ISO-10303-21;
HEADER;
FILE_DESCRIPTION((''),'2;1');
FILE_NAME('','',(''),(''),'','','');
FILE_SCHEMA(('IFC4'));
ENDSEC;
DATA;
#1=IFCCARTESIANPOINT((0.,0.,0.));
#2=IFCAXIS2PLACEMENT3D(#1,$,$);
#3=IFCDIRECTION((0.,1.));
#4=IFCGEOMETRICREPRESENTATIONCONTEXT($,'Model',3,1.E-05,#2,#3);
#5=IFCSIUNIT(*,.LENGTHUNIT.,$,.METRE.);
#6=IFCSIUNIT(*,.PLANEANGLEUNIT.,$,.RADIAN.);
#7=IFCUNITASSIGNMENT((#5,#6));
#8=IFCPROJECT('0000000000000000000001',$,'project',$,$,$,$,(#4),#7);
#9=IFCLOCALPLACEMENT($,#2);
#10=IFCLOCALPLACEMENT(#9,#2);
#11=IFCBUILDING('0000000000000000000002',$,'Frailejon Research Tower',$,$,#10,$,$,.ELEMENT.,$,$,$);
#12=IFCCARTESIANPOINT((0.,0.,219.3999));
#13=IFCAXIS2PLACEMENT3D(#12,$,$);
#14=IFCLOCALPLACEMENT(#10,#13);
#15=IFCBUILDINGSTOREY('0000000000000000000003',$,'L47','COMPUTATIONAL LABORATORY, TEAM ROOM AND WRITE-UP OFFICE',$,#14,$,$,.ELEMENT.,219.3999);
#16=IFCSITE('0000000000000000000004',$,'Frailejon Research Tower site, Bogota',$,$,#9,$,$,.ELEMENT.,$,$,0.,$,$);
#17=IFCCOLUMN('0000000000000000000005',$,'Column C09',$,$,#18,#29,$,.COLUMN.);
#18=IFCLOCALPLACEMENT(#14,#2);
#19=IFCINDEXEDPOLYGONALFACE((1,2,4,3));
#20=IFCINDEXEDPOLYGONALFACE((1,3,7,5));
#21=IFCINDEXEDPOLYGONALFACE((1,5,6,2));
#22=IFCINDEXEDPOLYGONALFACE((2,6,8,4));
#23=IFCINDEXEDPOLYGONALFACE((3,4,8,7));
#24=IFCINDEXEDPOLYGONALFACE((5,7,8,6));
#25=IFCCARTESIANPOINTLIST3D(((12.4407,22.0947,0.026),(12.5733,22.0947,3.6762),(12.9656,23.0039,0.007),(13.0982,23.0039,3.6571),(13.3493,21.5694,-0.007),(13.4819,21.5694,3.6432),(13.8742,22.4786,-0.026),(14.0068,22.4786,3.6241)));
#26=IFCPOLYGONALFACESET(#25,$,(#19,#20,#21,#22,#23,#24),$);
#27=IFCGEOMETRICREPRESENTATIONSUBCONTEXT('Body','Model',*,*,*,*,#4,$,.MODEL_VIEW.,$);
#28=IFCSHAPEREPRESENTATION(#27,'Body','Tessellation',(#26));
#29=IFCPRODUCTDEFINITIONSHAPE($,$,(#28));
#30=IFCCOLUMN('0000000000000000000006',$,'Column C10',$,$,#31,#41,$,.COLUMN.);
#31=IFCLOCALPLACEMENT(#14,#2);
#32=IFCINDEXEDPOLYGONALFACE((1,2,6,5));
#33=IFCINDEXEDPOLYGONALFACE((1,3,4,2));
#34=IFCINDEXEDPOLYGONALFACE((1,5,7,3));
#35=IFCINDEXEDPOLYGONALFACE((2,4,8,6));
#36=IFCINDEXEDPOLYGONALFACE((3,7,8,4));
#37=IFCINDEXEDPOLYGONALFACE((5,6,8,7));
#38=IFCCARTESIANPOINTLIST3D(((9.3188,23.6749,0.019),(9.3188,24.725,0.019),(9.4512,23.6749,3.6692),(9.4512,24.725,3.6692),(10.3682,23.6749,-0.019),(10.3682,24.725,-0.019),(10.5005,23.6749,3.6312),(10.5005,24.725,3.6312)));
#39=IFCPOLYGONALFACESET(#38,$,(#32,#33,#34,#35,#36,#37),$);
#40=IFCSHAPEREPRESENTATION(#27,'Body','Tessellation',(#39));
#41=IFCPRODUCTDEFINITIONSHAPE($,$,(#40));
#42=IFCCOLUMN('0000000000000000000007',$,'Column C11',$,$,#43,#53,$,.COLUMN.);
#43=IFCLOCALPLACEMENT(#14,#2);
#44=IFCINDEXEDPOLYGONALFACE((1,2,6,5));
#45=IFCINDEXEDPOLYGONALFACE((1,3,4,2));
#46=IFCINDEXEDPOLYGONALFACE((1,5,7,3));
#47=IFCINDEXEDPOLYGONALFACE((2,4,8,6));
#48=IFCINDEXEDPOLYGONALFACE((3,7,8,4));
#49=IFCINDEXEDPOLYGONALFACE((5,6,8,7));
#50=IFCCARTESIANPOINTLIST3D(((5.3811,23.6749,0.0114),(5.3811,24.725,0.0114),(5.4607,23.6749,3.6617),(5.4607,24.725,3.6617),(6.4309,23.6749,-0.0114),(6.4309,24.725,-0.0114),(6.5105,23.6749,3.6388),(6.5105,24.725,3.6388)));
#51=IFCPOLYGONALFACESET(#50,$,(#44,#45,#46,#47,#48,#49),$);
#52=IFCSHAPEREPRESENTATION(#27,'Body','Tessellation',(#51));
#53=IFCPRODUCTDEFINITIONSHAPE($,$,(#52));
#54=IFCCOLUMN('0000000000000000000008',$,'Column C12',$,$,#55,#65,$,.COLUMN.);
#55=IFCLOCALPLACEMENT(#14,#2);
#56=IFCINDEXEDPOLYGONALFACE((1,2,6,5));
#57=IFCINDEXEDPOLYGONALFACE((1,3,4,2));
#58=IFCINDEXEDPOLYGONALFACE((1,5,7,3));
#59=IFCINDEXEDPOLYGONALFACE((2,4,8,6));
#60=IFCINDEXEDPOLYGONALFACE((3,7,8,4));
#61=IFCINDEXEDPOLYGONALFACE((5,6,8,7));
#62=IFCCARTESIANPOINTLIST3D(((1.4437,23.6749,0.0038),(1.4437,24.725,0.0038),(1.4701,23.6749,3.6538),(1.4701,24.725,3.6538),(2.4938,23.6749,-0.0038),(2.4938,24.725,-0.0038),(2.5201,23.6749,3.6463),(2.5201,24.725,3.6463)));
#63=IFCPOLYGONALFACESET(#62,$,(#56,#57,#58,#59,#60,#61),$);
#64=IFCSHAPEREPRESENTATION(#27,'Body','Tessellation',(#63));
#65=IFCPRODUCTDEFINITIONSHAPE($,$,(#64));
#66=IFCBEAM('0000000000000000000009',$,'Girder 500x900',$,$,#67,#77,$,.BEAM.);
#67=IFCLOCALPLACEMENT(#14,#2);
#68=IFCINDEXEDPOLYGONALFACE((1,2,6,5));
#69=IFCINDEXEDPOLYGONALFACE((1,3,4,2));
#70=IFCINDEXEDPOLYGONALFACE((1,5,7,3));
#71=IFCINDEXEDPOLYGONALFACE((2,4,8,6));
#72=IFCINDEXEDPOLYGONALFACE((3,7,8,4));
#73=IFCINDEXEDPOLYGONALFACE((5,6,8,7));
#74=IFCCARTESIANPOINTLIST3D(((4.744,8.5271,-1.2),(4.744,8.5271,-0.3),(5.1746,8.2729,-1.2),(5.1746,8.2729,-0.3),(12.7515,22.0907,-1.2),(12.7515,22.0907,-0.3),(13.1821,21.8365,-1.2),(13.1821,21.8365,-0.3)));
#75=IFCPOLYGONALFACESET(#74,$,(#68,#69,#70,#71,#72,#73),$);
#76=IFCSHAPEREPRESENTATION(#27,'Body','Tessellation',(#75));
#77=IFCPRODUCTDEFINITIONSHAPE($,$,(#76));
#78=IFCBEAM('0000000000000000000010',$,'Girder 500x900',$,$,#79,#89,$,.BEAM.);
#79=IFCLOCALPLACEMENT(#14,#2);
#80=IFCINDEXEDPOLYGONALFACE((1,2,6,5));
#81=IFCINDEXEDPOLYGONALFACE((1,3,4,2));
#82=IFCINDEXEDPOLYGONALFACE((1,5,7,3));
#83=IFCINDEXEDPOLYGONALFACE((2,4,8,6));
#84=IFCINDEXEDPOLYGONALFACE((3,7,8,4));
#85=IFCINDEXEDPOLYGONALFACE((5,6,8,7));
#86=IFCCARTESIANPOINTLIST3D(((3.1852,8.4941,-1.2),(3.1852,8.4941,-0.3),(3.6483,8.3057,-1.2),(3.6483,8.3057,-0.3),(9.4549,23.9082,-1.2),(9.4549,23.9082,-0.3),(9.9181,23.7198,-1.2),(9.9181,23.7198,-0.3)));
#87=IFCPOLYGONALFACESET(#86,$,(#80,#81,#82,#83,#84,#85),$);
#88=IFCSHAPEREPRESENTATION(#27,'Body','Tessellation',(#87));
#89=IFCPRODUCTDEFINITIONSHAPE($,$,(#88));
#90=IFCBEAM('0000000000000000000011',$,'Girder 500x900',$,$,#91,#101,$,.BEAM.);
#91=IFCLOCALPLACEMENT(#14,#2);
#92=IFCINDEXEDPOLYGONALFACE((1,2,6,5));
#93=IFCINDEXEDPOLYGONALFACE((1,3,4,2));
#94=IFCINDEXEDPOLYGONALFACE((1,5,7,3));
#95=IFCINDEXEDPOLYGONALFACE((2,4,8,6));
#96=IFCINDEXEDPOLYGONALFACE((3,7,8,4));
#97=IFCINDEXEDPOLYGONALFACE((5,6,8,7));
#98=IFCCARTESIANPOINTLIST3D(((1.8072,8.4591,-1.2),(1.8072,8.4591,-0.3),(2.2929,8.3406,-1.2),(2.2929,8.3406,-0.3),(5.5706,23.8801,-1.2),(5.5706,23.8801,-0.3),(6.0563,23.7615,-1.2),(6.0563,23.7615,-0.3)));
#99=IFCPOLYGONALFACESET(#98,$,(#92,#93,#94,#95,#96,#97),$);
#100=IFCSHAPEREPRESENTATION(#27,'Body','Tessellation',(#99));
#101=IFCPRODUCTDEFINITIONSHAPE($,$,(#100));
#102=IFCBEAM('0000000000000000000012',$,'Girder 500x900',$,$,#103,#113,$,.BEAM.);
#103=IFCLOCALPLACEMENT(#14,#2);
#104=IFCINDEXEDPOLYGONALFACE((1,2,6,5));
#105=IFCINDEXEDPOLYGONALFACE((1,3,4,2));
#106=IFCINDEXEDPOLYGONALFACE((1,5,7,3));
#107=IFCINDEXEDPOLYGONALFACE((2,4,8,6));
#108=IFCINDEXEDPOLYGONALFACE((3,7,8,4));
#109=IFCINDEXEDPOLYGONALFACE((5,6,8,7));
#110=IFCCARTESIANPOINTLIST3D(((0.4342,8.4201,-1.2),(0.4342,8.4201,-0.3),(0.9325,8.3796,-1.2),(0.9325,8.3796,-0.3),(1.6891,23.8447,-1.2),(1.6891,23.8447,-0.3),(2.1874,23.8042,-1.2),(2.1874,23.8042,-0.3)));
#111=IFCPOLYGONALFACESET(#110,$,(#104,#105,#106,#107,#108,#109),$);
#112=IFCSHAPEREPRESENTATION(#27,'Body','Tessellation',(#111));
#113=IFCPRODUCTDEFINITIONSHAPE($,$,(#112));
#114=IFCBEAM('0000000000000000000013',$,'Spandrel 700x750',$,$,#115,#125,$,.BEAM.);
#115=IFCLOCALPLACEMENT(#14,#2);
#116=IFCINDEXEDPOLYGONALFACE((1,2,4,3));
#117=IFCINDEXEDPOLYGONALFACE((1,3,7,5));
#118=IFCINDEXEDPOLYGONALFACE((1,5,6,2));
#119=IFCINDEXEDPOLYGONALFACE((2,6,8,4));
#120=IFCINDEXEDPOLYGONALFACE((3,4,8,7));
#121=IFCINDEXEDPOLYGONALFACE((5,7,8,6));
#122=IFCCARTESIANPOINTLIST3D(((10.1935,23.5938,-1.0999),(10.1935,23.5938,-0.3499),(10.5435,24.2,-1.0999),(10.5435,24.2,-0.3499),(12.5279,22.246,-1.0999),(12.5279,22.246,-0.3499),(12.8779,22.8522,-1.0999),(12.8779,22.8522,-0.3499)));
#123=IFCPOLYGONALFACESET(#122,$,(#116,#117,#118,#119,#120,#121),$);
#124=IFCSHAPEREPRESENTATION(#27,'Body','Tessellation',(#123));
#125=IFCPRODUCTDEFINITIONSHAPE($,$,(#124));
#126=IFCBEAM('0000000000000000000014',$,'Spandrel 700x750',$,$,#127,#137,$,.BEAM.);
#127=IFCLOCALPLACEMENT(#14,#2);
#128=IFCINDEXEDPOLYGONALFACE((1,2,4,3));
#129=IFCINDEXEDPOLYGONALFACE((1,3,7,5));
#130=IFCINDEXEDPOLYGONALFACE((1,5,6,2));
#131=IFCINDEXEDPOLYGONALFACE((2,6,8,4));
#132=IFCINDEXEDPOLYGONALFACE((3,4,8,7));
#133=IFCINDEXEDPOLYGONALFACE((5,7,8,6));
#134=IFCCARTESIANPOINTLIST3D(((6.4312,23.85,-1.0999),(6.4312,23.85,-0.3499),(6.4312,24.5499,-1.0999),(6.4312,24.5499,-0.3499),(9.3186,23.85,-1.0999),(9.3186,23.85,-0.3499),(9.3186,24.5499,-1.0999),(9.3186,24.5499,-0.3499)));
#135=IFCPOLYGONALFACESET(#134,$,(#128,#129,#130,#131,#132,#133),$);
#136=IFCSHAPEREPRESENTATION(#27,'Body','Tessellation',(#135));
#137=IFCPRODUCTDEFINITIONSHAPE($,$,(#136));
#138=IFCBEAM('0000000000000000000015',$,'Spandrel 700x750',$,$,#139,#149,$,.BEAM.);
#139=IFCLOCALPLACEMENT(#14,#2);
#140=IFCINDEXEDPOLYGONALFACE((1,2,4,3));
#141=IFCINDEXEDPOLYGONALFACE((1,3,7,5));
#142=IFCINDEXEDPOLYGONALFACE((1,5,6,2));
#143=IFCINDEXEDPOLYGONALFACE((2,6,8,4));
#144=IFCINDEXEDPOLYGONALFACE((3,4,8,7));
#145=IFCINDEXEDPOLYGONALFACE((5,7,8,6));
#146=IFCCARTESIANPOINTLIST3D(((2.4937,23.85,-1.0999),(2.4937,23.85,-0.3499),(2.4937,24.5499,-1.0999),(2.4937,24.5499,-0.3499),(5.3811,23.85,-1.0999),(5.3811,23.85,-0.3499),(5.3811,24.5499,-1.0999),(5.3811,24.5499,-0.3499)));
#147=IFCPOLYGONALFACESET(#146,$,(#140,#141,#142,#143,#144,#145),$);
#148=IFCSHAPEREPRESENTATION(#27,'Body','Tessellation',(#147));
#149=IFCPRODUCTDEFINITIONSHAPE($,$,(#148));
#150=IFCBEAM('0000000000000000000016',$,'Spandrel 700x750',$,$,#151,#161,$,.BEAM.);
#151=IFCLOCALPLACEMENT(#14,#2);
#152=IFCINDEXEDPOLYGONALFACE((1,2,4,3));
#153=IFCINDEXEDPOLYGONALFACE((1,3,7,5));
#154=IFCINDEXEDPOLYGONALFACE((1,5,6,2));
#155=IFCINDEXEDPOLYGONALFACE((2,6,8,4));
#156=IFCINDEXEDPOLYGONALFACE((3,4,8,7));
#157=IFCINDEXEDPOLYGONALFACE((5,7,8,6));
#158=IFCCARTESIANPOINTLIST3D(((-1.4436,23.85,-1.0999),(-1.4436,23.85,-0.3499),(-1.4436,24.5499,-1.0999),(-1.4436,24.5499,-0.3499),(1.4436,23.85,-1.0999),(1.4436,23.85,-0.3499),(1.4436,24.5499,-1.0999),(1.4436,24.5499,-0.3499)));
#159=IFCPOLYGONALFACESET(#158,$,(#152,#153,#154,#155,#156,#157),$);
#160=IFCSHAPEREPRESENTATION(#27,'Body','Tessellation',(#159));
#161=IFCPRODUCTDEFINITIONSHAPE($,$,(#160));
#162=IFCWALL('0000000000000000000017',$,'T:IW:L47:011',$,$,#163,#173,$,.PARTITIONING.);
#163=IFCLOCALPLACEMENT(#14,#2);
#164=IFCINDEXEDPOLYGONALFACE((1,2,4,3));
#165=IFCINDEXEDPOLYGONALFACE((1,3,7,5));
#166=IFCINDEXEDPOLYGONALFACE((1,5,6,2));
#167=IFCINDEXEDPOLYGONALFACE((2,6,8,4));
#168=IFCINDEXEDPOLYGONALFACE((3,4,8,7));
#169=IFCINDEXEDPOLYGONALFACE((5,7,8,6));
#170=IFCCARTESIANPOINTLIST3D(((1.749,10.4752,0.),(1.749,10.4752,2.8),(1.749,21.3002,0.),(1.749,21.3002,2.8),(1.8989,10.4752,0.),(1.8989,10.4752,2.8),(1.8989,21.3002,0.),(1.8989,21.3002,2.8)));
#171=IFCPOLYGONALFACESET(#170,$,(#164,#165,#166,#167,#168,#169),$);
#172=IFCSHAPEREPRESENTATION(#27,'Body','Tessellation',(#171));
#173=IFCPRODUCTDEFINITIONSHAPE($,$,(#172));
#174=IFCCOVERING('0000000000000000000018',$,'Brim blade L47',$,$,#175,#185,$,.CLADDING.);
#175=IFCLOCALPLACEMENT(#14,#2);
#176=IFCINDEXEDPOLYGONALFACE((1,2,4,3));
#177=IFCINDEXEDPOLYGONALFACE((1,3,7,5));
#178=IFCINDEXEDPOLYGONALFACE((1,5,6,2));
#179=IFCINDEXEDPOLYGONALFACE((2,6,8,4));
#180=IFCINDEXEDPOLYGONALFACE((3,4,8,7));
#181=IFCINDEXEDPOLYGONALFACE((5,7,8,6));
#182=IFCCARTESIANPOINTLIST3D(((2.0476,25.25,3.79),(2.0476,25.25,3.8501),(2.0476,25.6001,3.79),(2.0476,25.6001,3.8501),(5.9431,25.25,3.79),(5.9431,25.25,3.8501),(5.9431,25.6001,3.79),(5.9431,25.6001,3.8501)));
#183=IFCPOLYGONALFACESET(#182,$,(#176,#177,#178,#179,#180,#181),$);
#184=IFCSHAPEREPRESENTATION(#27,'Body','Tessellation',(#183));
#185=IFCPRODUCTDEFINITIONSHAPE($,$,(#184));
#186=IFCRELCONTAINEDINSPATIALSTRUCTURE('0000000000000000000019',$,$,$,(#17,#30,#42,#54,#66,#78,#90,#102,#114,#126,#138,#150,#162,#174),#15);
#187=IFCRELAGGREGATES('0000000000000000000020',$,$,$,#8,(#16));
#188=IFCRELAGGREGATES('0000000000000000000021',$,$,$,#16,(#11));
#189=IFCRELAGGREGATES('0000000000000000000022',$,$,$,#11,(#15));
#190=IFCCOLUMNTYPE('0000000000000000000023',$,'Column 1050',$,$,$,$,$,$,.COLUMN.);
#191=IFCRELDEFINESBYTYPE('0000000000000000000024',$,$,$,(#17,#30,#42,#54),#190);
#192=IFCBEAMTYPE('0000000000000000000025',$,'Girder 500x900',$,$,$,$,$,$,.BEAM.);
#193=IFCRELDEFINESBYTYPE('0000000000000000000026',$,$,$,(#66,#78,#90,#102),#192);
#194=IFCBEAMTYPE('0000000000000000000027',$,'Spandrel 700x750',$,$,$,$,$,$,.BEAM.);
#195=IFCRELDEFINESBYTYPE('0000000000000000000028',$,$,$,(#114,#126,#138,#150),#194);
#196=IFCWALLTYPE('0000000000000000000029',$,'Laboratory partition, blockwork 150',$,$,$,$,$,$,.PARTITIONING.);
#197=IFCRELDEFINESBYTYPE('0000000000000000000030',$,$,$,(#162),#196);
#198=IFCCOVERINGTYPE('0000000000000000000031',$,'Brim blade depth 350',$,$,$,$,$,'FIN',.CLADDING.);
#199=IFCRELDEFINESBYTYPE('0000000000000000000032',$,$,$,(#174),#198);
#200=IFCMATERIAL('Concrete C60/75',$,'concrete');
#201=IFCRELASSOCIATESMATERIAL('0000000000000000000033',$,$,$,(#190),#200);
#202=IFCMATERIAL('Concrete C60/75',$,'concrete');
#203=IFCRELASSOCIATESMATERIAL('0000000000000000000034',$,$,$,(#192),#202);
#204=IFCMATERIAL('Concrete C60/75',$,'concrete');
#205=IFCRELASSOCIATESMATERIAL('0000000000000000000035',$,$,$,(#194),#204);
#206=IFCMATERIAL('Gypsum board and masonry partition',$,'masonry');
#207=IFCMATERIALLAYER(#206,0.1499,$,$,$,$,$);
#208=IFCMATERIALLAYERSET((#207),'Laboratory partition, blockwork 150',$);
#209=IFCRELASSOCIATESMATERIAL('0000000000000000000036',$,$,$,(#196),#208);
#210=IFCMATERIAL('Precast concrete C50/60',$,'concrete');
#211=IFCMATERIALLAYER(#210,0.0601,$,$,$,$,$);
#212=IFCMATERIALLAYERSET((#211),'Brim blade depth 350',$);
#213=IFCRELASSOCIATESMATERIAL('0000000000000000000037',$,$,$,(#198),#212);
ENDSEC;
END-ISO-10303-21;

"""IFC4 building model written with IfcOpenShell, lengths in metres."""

from ifc_helpers import new_model, si_unit, direction, frame, frame_2d, origin, origin_2d, place, context, subcontext, project, spatial, polyline, rectangle, outline, extrude, material, layer, layer_set, material_profile, profile_set, type_object, element, save


model = new_model("IFC4")

# Units and contexts
model_context = context("Model", 3, precision=1e-05, world=origin(), true_north=direction((0.0, 1.0)))
body_context = subcontext(model_context, "Body", "Model", "MODEL_VIEW")
ifc_project = project(units=[si_unit("LENGTHUNIT", "METRE"), si_unit("PLANEANGLEUNIT", "RADIAN")], contexts=[model_context])

# Site, building, storey
site_placement = place(None, origin())
site = spatial("IfcSite", under=ifc_project, at=site_placement, Name="Frailejon Research Tower site, Bogota", CompositionType="ELEMENT", RefElevation=0.0)
building_placement = place(site_placement, origin())
building = spatial("IfcBuilding", under=site, at=building_placement, Name="Frailejon Research Tower", CompositionType="ELEMENT")
storey_placement = place(building_placement, frame((0.0, 0.0, 219.3999)))
storey = spatial("IfcBuildingStorey", under=building, at=storey_placement, Name="L47", Description="COMPUTATIONAL LABORATORY, TEAM ROOM AND WRITE-UP OFFICE", CompositionType="ELEMENT", Elevation=219.3999)

# Columns
ifc_material_1 = material(Name="Concrete C60/75", Category="concrete")
ifc_material_profile_1 = material_profile(ifc_material_1, rectangle(XDim=1.05, YDim=1.05, at=origin_2d()), Name="Column 1050")
ifc_profile_set_1 = profile_set([ifc_material_profile_1], Name="Concrete C60/75")
column_type = type_object("IfcColumnType", Name="Column 1050", PredefinedType="COLUMN", material=ifc_profile_set_1)
for number, where, z_axis, x_axis, name in (
    (1, (13.1575, 22.2866, 0.0), (0.036295, 0.0, 0.999341), (-0.865313, 0.500246, 0.031427), "Column C09"),
    (2, (9.8435, 24.2, 0.0), (0.036228, 0.0, 0.999344), (-0.999344, 0.0, 0.036228), "Column C10"),
):
    element("IfcColumn", number, at=place(storey_placement, frame(where, z_axis=z_axis, x_axis=x_axis)), inside=storey, type_object=column_type, Name=name, PredefinedType="COLUMN", context=body_context, shape_type="SweptSolid", body=[
        extrude(rectangle(XDim=1.05, YDim=1.05, at=origin_2d()), origin(), (0.0, 0.0, 1.0), 3.6526),
    ])
column_1_placement = place(storey_placement, frame((5.906, 24.2, 0.0), z_axis=(0.021799, 0.0, 0.999762), x_axis=(-0.999762, 0.0, 0.021799)))
element("IfcColumn", 3, at=column_1_placement, inside=storey, type_object=column_type, Name="Column C11", PredefinedType="COLUMN", context=body_context, shape_type="SweptSolid", body=[
    extrude(rectangle(XDim=1.05, YDim=1.05, at=origin_2d()), origin(), (0.0, 0.0, 1.0), 3.6511),
])
column_2_placement = place(storey_placement, frame((1.9688, 24.2, 0.0), z_axis=(0.007223, 0.0, 0.999974), x_axis=(-0.999974, 0.0, 0.007223)))
element("IfcColumn", 4, at=column_2_placement, inside=storey, type_object=column_type, Name="Column C12", PredefinedType="COLUMN", context=body_context, shape_type="SweptSolid", body=[
    extrude(rectangle(XDim=1.05, YDim=1.05, at=origin_2d()), origin(), (0.0, 0.0, 1.0), 3.6501),
])

# Beams
ifc_material_2 = material(Name="Concrete C60/75", Category="concrete")
ifc_material_profile_2 = material_profile(ifc_material_2, rectangle(XDim=0.5, YDim=0.8999, at=origin_2d()), Name="Girder 500x900")
ifc_profile_set_2 = profile_set([ifc_material_profile_2], Name="Concrete C60/75")
beam_type_1 = type_object("IfcBeamType", Name="Girder 500x900", PredefinedType="BEAM", material=ifc_profile_set_2)
beam_1_placement = place(storey_placement, frame((12.9668, 21.9636, -0.75), z_axis=(-0.508383, -0.861131, 0.0), x_axis=(0.861131, -0.508383, 0.0)))
element("IfcBeam", 5, at=beam_1_placement, inside=storey, type_object=beam_type_1, Name="Girder 500x900", PredefinedType="BEAM", context=body_context, shape_type="SweptSolid", body=[
    extrude(rectangle(XDim=0.5, YDim=0.8999, at=origin_2d()), origin(), (0.0, 0.0, 1.0), 15.751),
])
beam_2_placement = place(storey_placement, frame((9.6865, 23.814, -0.75), z_axis=(-0.37678, -0.926303, 0.0), x_axis=(0.926303, -0.37678, 0.0)))
element("IfcBeam", 6, at=beam_2_placement, inside=storey, type_object=beam_type_1, Name="Girder 500x900", PredefinedType="BEAM", context=body_context, shape_type="SweptSolid", body=[
    extrude(rectangle(XDim=0.5, YDim=0.8999, at=origin_2d()), origin(), (0.0, 0.0, 1.0), 16.6404),
])
beam_3_placement = place(storey_placement, frame((5.8135, 23.8208, -0.75), z_axis=(-0.237089, -0.971488, 0.0), x_axis=(0.971488, -0.237089, 0.0)))
element("IfcBeam", 7, at=beam_3_placement, inside=storey, type_object=beam_type_1, Name="Girder 500x900", PredefinedType="BEAM", context=body_context, shape_type="SweptSolid", body=[
    extrude(rectangle(XDim=0.5, YDim=0.8999, at=origin_2d()), origin(), (0.0, 0.0, 1.0), 15.8735),
])
beam_4_placement = place(storey_placement, frame((1.9382, 23.8245, -0.75), z_axis=(-0.081088, -0.996707, 0.0), x_axis=(0.996707, -0.081088, 0.0)))
element("IfcBeam", 8, at=beam_4_placement, inside=storey, type_object=beam_type_1, Name="Girder 500x900", PredefinedType="BEAM", context=body_context, shape_type="SweptSolid", body=[
    extrude(rectangle(XDim=0.5, YDim=0.8999, at=origin_2d()), origin(), (0.0, 0.0, 1.0), 15.4756),
])
ifc_material_3 = material(Name="Concrete C60/75", Category="concrete")
ifc_material_profile_3 = material_profile(ifc_material_3, rectangle(XDim=0.7, YDim=0.75, at=origin_2d()), Name="Spandrel 700x750")
ifc_profile_set_3 = profile_set([ifc_material_profile_3], Name="Concrete C60/75")
beam_type_2 = type_object("IfcBeamType", Name="Spandrel 700x750", PredefinedType="BEAM", material=ifc_profile_set_3)
beam_5_placement = place(storey_placement, frame((12.7029, 22.5491, -0.7249), z_axis=(-0.866011, 0.500026, 0.0), x_axis=(-0.500026, -0.866011, 0.0)))
element("IfcBeam", 9, at=beam_5_placement, inside=storey, type_object=beam_type_2, Name="Spandrel 700x750", PredefinedType="BEAM", context=body_context, shape_type="SweptSolid", body=[
    extrude(rectangle(XDim=0.7, YDim=0.75, at=origin_2d()), origin(), (0.0, 0.0, 1.0), 2.6956),
])
for number, where, z_axis, x_axis, name in (
    (10, (9.3186, 24.2, -0.7249), (-1.0, 0.0, 0.0), (0.0, -1.0, 0.0), "Spandrel 700x750"),
    (11, (5.3811, 24.2, -0.7249), (-1.0, 0.0, 0.0), (0.0, -1.0, 0.0), "Spandrel 700x750"),
):
    element("IfcBeam", number, at=place(storey_placement, frame(where, z_axis=z_axis, x_axis=x_axis)), inside=storey, type_object=beam_type_2, Name=name, PredefinedType="BEAM", context=body_context, shape_type="SweptSolid", body=[
        extrude(rectangle(XDim=0.7, YDim=0.75, at=origin_2d()), origin(), (0.0, 0.0, 1.0), 2.8875),
    ])
beam_6_placement = place(storey_placement, frame((1.4436, 24.2, -0.7249), z_axis=(-1.0, 0.0, 0.0), x_axis=(0.0, -1.0, 0.0)))
element("IfcBeam", 12, at=beam_6_placement, inside=storey, type_object=beam_type_2, Name="Spandrel 700x750", PredefinedType="BEAM", context=body_context, shape_type="SweptSolid", body=[
    extrude(rectangle(XDim=0.7, YDim=0.75, at=origin_2d()), origin(), (0.0, 0.0, 1.0), 2.8872),
])

# Wall
ifc_material_4 = material(Name="Gypsum board and masonry partition", Category="masonry")
ifc_layer_1 = layer(ifc_material_4, 0.1499)
ifc_layer_set_1 = layer_set([ifc_layer_1], Name="Laboratory partition, blockwork 150")
wall_type_1 = type_object("IfcWallType", Name="Laboratory partition, blockwork 150", PredefinedType="PARTITIONING", material=ifc_layer_set_1)
wall_1_placement = place(storey_placement, frame((1.824, 10.4751, 0.0), z_axis=(0.0, 0.0, 1.0), x_axis=(0.0, 1.0, 0.0)))
element("IfcWall", 13, at=wall_1_placement, inside=storey, type_object=wall_type_1, Name="T:IW:L47:011", PredefinedType="PARTITIONING", context=body_context, shape_type="SweptSolid", body=[
    extrude(rectangle(XDim=10.825, YDim=0.1499, at=frame_2d((5.4126, 0.0))), origin(), (0.0, 0.0, 1.0), 2.8),
])

# Covering
ifc_material_5 = material(Name="Precast concrete C50/60", Category="concrete")
ifc_layer_2 = layer(ifc_material_5, 0.0601)
ifc_layer_set_2 = layer_set([ifc_layer_2], Name="Brim blade depth 350")
covering_type_1 = type_object("IfcCoveringType", Name="Brim blade depth 350", ElementType="FIN", PredefinedType="CLADDING", material=ifc_layer_set_2)
covering_1_placement = place(storey_placement, frame((2.0476, 25.25, 3.8501), z_axis=(1.0, 0.0, 0.0), x_axis=(0.0, 1.0, 0.0)))
element("IfcCovering", 14, at=covering_1_placement, inside=storey, type_object=covering_type_1, Name="Brim blade L47", PredefinedType="CLADDING", context=body_context, shape_type="SweptSolid", body=[
    extrude(outline(polyline([(0.0, -0.0601), (0.3501, -0.0601), (0.3501, 0.0), (0.0, 0.0), (0.0, -0.0601)])), origin(), (0.0, 0.0, 1.0), 3.8955),
])

save(model, "model.ifc")
